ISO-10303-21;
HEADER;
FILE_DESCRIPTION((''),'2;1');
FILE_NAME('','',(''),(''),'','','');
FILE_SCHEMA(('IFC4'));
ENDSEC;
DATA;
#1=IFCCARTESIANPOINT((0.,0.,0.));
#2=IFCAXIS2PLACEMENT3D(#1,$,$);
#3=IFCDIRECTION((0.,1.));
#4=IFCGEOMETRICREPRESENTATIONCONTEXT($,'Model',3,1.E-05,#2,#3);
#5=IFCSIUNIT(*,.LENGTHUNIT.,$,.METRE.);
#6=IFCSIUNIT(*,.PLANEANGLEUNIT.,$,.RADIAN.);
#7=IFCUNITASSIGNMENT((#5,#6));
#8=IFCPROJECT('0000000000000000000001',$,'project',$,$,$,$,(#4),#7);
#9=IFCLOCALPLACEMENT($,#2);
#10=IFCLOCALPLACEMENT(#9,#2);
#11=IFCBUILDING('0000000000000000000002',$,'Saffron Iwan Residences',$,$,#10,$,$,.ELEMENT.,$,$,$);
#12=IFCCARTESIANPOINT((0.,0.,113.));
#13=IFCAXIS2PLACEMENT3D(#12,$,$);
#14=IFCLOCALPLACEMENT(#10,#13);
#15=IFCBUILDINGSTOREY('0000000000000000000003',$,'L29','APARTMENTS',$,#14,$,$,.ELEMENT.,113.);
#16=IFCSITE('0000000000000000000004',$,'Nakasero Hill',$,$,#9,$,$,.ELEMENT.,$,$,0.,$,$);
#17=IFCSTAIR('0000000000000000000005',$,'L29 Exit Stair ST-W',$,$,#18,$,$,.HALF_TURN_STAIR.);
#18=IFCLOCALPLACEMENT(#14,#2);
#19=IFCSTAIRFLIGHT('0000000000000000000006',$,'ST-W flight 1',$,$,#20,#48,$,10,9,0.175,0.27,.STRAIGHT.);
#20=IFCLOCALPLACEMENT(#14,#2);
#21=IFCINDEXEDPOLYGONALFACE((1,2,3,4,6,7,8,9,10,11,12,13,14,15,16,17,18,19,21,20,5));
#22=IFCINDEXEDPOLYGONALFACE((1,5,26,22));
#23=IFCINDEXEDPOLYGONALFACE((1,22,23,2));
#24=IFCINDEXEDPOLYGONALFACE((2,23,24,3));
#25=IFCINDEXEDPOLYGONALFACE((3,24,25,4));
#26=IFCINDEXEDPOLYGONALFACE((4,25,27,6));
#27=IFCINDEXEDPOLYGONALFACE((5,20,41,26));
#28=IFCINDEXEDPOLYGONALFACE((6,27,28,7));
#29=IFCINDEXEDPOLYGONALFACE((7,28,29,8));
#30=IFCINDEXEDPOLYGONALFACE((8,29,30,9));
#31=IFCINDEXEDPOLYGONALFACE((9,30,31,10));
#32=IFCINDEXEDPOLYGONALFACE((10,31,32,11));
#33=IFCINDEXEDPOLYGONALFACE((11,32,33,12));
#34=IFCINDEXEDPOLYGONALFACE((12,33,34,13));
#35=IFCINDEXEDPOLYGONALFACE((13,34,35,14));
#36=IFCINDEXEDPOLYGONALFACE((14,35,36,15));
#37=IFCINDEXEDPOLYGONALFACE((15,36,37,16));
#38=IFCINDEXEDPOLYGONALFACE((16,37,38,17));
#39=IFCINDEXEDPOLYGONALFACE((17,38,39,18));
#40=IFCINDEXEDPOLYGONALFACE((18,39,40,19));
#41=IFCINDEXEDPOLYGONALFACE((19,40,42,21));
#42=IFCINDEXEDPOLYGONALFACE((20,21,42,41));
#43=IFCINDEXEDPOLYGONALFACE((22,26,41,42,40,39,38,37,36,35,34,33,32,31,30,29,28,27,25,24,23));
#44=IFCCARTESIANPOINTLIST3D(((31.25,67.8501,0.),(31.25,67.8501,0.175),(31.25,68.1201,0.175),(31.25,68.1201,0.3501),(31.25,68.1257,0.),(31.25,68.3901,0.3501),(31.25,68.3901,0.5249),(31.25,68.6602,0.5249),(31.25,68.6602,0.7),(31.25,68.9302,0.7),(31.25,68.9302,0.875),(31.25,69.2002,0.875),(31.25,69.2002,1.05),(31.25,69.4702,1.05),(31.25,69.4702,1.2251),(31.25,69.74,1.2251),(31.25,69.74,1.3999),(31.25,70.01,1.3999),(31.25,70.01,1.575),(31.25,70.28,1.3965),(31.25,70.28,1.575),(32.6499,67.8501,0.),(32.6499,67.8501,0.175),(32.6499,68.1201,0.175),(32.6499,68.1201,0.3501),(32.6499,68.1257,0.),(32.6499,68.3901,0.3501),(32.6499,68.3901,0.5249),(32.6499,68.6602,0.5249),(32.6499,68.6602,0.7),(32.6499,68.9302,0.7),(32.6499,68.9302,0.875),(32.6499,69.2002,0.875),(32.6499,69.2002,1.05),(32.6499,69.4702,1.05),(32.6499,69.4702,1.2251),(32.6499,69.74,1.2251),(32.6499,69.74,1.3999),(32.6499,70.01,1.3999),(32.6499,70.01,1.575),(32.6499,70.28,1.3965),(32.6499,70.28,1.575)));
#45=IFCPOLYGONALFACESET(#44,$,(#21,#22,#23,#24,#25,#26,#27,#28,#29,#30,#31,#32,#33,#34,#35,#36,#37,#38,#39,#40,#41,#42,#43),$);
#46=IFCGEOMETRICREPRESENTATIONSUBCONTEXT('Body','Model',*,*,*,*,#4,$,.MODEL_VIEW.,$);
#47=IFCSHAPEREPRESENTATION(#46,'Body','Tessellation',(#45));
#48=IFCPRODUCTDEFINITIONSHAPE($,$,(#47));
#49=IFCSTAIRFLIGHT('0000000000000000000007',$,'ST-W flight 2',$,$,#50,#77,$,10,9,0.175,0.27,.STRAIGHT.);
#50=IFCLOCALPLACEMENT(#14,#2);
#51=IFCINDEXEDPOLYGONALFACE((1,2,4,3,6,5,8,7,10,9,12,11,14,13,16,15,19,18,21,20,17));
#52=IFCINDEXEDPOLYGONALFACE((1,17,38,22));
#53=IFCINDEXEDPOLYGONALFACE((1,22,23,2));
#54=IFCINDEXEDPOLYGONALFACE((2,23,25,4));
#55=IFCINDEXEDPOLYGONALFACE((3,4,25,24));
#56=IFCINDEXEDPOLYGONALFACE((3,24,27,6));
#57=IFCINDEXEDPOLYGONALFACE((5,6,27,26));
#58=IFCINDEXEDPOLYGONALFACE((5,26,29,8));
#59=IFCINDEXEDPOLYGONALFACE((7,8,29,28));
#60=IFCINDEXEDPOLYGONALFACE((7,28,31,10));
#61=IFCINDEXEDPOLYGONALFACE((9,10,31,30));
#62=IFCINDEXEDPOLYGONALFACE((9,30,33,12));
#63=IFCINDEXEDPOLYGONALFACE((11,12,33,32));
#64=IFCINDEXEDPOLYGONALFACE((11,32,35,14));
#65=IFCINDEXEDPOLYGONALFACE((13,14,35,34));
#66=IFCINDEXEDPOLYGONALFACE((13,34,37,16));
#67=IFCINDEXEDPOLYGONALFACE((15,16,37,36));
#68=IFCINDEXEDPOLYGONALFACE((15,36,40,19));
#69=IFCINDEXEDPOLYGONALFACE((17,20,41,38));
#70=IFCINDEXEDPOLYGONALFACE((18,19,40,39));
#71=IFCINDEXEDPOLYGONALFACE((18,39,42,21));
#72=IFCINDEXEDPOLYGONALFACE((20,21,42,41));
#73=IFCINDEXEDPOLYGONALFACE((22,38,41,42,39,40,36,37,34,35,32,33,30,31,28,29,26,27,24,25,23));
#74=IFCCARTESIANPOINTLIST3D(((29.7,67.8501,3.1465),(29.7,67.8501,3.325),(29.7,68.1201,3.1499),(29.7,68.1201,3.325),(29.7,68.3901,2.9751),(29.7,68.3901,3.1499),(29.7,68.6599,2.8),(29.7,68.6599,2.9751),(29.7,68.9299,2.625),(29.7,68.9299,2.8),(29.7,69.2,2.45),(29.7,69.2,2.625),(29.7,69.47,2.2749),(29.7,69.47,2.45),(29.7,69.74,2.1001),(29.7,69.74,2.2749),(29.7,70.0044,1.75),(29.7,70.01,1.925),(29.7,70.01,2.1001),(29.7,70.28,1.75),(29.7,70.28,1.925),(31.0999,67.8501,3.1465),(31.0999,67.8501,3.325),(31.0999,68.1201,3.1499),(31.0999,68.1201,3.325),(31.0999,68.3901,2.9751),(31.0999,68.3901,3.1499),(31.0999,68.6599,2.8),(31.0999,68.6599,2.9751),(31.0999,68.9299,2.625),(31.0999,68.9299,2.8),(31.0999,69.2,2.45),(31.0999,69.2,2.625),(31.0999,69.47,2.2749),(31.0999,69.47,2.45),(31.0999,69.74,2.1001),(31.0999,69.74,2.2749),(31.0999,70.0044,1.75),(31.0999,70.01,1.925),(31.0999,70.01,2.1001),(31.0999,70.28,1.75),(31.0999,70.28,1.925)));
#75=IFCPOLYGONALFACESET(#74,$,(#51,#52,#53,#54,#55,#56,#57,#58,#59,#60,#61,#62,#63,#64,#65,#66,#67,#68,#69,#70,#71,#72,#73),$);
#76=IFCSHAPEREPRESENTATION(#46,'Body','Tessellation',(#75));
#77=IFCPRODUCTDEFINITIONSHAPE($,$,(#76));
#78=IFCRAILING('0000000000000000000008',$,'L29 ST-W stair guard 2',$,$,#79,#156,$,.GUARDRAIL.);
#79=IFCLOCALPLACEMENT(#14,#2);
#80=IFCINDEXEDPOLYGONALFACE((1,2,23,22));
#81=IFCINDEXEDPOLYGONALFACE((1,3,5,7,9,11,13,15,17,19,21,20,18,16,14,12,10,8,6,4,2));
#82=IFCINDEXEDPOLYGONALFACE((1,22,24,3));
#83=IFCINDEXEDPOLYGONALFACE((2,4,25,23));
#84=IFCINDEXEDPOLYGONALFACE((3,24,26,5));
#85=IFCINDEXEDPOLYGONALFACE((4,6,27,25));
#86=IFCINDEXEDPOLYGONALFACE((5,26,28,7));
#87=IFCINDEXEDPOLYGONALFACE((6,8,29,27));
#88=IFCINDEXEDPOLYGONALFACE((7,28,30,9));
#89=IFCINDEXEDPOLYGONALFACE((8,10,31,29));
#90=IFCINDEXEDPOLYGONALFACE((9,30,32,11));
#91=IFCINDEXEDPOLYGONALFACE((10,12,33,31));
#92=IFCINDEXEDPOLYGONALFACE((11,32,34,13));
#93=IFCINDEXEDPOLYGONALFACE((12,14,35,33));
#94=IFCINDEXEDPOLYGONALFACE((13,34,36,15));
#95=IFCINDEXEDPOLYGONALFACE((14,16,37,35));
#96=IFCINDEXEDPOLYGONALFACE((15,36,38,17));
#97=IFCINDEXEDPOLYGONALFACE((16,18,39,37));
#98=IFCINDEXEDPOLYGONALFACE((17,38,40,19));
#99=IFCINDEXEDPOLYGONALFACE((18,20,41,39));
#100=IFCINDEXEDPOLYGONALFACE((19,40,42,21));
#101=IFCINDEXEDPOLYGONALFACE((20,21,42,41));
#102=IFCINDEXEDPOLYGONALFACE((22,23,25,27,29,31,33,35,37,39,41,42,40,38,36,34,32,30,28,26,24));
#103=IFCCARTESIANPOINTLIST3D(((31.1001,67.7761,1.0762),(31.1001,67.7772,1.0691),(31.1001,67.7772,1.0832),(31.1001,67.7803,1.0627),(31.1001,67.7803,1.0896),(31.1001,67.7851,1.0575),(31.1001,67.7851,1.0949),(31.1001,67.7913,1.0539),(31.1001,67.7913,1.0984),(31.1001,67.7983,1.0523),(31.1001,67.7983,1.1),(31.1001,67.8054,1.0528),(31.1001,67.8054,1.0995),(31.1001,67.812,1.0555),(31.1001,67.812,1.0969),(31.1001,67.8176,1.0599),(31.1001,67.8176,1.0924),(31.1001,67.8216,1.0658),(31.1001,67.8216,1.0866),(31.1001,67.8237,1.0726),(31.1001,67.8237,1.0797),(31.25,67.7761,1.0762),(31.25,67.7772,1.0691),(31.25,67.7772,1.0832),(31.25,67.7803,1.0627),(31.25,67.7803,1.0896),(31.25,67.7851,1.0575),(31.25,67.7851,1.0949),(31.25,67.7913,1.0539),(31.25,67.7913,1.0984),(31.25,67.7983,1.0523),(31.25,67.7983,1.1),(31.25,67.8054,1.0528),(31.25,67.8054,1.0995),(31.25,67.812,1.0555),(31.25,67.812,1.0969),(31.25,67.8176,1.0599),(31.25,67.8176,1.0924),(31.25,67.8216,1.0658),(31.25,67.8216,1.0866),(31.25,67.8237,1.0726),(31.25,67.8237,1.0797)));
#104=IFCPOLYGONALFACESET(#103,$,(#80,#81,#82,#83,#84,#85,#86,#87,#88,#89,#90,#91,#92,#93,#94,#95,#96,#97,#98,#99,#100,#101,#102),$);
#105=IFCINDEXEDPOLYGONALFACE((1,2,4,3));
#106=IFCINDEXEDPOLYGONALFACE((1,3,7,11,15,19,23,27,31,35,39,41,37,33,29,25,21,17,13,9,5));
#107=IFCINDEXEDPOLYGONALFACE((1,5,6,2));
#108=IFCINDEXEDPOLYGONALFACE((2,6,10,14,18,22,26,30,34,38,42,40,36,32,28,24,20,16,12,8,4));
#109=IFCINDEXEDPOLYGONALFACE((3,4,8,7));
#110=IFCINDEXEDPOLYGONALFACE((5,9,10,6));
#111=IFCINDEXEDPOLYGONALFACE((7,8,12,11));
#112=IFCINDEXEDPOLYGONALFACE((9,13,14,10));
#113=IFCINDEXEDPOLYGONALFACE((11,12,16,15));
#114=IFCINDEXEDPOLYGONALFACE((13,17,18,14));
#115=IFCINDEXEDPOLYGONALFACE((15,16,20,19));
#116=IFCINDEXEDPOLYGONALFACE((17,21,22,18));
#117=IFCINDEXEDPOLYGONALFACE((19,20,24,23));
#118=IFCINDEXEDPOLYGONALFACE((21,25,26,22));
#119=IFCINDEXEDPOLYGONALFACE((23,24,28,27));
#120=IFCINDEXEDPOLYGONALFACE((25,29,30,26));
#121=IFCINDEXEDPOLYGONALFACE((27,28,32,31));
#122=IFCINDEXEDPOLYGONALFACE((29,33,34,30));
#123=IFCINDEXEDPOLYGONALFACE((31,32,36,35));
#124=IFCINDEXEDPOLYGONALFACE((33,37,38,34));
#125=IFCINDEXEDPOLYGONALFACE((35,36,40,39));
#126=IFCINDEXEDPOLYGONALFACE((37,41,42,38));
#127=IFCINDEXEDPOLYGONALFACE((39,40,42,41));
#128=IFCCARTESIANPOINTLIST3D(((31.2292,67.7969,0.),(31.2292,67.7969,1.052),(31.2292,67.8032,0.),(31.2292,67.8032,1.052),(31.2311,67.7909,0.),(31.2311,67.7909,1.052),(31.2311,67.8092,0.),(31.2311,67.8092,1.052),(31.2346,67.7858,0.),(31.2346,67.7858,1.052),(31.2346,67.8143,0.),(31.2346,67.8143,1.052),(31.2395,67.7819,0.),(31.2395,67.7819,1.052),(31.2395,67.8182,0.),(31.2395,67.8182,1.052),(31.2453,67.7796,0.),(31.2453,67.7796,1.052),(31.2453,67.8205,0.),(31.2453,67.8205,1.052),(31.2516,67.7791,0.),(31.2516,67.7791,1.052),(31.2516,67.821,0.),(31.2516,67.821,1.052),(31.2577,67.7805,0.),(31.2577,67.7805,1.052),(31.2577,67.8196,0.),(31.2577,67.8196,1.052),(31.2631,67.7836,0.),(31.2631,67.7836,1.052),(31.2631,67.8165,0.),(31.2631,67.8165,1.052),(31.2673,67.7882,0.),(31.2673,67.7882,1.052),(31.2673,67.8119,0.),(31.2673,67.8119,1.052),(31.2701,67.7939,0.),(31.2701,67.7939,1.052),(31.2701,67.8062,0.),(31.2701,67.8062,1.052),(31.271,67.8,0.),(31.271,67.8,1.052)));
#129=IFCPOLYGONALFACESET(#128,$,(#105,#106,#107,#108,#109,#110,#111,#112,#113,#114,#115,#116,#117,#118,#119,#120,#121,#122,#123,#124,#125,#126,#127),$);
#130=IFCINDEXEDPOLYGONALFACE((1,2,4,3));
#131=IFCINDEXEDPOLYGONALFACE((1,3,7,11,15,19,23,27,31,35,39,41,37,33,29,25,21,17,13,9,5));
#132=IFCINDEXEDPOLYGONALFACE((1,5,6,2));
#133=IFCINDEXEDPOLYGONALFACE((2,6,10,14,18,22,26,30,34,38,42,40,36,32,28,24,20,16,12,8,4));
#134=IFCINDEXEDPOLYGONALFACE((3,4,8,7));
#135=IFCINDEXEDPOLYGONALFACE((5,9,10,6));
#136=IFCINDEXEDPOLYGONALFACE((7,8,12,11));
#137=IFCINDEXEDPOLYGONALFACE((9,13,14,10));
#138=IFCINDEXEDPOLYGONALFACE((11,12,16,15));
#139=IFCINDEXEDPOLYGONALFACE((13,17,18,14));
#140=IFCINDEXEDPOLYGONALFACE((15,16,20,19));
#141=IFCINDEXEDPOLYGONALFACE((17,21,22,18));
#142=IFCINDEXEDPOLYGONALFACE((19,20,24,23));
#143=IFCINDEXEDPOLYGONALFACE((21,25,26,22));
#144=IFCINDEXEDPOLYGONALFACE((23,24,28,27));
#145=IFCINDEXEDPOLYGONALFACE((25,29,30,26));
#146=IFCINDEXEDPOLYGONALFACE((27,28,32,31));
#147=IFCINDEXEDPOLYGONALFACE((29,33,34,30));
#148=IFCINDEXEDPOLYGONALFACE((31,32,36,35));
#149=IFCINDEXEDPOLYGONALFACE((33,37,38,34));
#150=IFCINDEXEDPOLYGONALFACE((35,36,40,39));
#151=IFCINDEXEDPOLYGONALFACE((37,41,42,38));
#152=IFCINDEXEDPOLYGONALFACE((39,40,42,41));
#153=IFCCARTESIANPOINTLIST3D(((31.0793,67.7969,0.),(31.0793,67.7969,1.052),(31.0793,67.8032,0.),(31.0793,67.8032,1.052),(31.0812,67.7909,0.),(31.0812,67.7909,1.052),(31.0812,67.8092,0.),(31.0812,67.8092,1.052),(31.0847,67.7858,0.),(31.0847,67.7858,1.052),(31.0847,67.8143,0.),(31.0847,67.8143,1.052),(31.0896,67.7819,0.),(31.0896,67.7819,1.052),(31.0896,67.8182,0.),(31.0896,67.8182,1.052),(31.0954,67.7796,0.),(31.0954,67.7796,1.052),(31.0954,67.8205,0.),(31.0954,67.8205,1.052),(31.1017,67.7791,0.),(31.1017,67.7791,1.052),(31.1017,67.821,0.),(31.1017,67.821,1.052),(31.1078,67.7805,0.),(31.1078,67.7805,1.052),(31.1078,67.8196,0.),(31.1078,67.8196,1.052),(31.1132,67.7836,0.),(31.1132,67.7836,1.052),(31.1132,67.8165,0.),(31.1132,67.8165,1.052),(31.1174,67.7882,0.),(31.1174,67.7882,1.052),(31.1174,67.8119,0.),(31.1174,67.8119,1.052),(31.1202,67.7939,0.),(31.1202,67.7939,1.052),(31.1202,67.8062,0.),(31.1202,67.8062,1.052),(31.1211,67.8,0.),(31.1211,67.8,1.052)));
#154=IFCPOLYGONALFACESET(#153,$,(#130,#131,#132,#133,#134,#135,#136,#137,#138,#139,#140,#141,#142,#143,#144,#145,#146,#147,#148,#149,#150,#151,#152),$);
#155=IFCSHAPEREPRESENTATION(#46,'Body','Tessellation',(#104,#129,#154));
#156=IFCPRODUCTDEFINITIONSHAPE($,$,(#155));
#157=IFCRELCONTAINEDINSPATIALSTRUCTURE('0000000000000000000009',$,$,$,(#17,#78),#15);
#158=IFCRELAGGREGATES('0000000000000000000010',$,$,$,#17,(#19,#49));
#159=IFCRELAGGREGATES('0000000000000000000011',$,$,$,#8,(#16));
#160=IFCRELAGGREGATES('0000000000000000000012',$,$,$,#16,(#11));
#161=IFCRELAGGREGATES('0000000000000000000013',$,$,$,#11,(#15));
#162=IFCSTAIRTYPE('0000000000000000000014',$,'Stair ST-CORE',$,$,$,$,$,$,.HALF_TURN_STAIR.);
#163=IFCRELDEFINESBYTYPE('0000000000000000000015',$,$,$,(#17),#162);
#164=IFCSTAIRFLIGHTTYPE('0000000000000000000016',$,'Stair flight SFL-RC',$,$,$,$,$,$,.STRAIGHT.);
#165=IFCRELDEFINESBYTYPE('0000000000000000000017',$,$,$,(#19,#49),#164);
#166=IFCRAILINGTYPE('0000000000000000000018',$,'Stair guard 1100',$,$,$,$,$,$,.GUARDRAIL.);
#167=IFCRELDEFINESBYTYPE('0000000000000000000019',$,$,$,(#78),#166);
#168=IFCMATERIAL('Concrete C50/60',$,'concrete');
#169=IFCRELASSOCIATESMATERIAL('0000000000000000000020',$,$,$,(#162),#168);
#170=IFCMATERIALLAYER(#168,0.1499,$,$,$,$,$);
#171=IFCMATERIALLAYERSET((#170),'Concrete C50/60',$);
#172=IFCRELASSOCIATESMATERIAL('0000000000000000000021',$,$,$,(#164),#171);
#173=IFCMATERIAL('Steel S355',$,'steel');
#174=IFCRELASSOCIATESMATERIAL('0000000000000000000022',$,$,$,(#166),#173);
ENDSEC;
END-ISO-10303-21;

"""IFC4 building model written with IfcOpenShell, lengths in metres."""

from ifc_helpers import new_model, si_unit, direction, frame, origin, origin_2d, place, context, subcontext, project, spatial, polyline, circle, outline, extrude, material, layer, layer_set, type_object, element, aggregate, save


model = new_model("IFC4")

# Units and contexts
model_context = context("Model", 3, precision=1e-05, world=origin(), true_north=direction((0.0, 1.0)))
body_context = subcontext(model_context, "Body", "Model", "MODEL_VIEW")
ifc_project = project(units=[si_unit("LENGTHUNIT", "METRE"), si_unit("PLANEANGLEUNIT", "RADIAN")], contexts=[model_context])

# Site, building, storey
site_placement = place(None, origin())
site = spatial("IfcSite", under=ifc_project, at=site_placement, Name="Nakasero Hill", CompositionType="ELEMENT", RefElevation=0.0)
building_placement = place(site_placement, origin())
building = spatial("IfcBuilding", under=site, at=building_placement, Name="Saffron Iwan Residences", CompositionType="ELEMENT")
storey_placement = place(building_placement, frame((0.0, 0.0, 113.0)))
storey = spatial("IfcBuildingStorey", under=building, at=storey_placement, Name="L29", Description="APARTMENTS", CompositionType="ELEMENT", Elevation=113.0)

# Stair, stair flights
ifc_material_1 = material(Name="Concrete C50/60", Category="concrete")
stair_type = type_object("IfcStairType", Name="Stair ST-CORE", PredefinedType="HALF_TURN_STAIR", material=ifc_material_1)
stair_placement = place(storey_placement, origin())
stair = element("IfcStair", 1, at=stair_placement, inside=storey, type_object=stair_type, Name="L29 Exit Stair ST-W", PredefinedType="HALF_TURN_STAIR")
ifc_layer = layer(ifc_material_1, 0.1499)
ifc_layer_set = layer_set([ifc_layer], Name="Concrete C50/60")
stair_flight_type = type_object("IfcStairFlightType", Name="Stair flight SFL-RC", PredefinedType="STRAIGHT", material=ifc_layer_set)
stair_flight_1_placement = place(storey_placement, frame((31.95, 67.8501, 0.0), z_axis=(0.0, 0.0, 1.0), x_axis=(0.0, 1.0, 0.0)))
stair_flight_1 = element("IfcStairFlight", 2, at=stair_flight_1_placement, type_object=stair_flight_type, Name="ST-W flight 1", NumberOfRisers=10, NumberOfTreads=9, PredefinedType="STRAIGHT", RiserHeight=0.175, TreadLength=0.27, context=body_context, shape_type="SweptSolid", body=[
    extrude(outline(polyline([(0.0, 0.0), (0.0, 0.175), (0.27, 0.175), (0.27, 0.3501), (0.54, 0.3501), (0.54, 0.5249), (0.8101, 0.5249), (0.8101, 0.7), (1.0801, 0.7), (1.0801, 0.875), (1.3501, 0.875), (1.3501, 1.05), (1.6201, 1.05), (1.6201, 1.2251), (1.8899, 1.2251), (1.8899, 1.3999), (2.1599, 1.3999), (2.1599, 1.575), (2.4299, 1.575), (2.4299, 1.75), (2.4299, 1.3965), (0.2756, 0.0), (0.0, 0.0)])), frame((0.0, 0.7, 0.0), z_axis=(0.0, -1.0, 0.0), x_axis=(1.0, 0.0, 0.0)), (0.0, 0.0, 1.0), 1.3999),
])
stair_flight_2_placement = place(storey_placement, frame((30.3999, 70.28, 1.75), z_axis=(0.0, 0.0, 1.0), x_axis=(0.0, -1.0, 0.0)))
stair_flight_2 = element("IfcStairFlight", 3, at=stair_flight_2_placement, type_object=stair_flight_type, Name="ST-W flight 2", NumberOfRisers=10, NumberOfTreads=9, PredefinedType="STRAIGHT", RiserHeight=0.175, TreadLength=0.27, context=body_context, shape_type="SweptSolid", body=[
    extrude(outline(polyline([(0.0, 0.0), (0.0, 0.175), (0.27, 0.175), (0.27, 0.3501), (0.54, 0.3501), (0.54, 0.5249), (0.8101, 0.5249), (0.8101, 0.7), (1.0801, 0.7), (1.0801, 0.875), (1.3501, 0.875), (1.3501, 1.05), (1.6201, 1.05), (1.6201, 1.2251), (1.8899, 1.2251), (1.8899, 1.3999), (2.1599, 1.3999), (2.1599, 1.575), (2.4299, 1.575), (2.4299, 1.75), (2.4299, 1.3965), (0.2756, 0.0), (0.0, 0.0)])), frame((0.0, 0.7, 0.0), z_axis=(0.0, -1.0, 0.0), x_axis=(1.0, 0.0, 0.0)), (0.0, 0.0, 1.0), 1.3999),
])
aggregate(stair, [stair_flight_1, stair_flight_2])

# Railing
ifc_material_2 = material(Name="Steel S355", Category="steel")
railing_type_1 = type_object("IfcRailingType", Name="Stair guard 1100", PredefinedType="GUARDRAIL", material=ifc_material_2)
railing_1_placement = place(storey_placement, frame((31.25, 67.8, 0.0)))
element("IfcRailing", 4, at=railing_1_placement, inside=storey, type_object=railing_type_1, Name="L29 ST-W stair guard 2", PredefinedType="GUARDRAIL", context=body_context, shape_type="SweptSolid", body=[
    extrude(circle(Radius=0.0239, at=origin_2d()), frame((0.0, 0.0, 1.0762), z_axis=(-1.0, 0.0, 0.0), x_axis=(0.0, -1.0, 0.0)), (0.0, 0.0, 1.0), 0.1499),
    extrude(circle(Radius=0.021, at=origin_2d()), origin(), (0.0, 0.0, 1.0), 1.052),
    extrude(circle(Radius=0.021, at=origin_2d()), frame((-0.1499, 0.0, 0.0)), (0.0, 0.0, 1.0), 1.052),
])

save(model, "model.ifc")
